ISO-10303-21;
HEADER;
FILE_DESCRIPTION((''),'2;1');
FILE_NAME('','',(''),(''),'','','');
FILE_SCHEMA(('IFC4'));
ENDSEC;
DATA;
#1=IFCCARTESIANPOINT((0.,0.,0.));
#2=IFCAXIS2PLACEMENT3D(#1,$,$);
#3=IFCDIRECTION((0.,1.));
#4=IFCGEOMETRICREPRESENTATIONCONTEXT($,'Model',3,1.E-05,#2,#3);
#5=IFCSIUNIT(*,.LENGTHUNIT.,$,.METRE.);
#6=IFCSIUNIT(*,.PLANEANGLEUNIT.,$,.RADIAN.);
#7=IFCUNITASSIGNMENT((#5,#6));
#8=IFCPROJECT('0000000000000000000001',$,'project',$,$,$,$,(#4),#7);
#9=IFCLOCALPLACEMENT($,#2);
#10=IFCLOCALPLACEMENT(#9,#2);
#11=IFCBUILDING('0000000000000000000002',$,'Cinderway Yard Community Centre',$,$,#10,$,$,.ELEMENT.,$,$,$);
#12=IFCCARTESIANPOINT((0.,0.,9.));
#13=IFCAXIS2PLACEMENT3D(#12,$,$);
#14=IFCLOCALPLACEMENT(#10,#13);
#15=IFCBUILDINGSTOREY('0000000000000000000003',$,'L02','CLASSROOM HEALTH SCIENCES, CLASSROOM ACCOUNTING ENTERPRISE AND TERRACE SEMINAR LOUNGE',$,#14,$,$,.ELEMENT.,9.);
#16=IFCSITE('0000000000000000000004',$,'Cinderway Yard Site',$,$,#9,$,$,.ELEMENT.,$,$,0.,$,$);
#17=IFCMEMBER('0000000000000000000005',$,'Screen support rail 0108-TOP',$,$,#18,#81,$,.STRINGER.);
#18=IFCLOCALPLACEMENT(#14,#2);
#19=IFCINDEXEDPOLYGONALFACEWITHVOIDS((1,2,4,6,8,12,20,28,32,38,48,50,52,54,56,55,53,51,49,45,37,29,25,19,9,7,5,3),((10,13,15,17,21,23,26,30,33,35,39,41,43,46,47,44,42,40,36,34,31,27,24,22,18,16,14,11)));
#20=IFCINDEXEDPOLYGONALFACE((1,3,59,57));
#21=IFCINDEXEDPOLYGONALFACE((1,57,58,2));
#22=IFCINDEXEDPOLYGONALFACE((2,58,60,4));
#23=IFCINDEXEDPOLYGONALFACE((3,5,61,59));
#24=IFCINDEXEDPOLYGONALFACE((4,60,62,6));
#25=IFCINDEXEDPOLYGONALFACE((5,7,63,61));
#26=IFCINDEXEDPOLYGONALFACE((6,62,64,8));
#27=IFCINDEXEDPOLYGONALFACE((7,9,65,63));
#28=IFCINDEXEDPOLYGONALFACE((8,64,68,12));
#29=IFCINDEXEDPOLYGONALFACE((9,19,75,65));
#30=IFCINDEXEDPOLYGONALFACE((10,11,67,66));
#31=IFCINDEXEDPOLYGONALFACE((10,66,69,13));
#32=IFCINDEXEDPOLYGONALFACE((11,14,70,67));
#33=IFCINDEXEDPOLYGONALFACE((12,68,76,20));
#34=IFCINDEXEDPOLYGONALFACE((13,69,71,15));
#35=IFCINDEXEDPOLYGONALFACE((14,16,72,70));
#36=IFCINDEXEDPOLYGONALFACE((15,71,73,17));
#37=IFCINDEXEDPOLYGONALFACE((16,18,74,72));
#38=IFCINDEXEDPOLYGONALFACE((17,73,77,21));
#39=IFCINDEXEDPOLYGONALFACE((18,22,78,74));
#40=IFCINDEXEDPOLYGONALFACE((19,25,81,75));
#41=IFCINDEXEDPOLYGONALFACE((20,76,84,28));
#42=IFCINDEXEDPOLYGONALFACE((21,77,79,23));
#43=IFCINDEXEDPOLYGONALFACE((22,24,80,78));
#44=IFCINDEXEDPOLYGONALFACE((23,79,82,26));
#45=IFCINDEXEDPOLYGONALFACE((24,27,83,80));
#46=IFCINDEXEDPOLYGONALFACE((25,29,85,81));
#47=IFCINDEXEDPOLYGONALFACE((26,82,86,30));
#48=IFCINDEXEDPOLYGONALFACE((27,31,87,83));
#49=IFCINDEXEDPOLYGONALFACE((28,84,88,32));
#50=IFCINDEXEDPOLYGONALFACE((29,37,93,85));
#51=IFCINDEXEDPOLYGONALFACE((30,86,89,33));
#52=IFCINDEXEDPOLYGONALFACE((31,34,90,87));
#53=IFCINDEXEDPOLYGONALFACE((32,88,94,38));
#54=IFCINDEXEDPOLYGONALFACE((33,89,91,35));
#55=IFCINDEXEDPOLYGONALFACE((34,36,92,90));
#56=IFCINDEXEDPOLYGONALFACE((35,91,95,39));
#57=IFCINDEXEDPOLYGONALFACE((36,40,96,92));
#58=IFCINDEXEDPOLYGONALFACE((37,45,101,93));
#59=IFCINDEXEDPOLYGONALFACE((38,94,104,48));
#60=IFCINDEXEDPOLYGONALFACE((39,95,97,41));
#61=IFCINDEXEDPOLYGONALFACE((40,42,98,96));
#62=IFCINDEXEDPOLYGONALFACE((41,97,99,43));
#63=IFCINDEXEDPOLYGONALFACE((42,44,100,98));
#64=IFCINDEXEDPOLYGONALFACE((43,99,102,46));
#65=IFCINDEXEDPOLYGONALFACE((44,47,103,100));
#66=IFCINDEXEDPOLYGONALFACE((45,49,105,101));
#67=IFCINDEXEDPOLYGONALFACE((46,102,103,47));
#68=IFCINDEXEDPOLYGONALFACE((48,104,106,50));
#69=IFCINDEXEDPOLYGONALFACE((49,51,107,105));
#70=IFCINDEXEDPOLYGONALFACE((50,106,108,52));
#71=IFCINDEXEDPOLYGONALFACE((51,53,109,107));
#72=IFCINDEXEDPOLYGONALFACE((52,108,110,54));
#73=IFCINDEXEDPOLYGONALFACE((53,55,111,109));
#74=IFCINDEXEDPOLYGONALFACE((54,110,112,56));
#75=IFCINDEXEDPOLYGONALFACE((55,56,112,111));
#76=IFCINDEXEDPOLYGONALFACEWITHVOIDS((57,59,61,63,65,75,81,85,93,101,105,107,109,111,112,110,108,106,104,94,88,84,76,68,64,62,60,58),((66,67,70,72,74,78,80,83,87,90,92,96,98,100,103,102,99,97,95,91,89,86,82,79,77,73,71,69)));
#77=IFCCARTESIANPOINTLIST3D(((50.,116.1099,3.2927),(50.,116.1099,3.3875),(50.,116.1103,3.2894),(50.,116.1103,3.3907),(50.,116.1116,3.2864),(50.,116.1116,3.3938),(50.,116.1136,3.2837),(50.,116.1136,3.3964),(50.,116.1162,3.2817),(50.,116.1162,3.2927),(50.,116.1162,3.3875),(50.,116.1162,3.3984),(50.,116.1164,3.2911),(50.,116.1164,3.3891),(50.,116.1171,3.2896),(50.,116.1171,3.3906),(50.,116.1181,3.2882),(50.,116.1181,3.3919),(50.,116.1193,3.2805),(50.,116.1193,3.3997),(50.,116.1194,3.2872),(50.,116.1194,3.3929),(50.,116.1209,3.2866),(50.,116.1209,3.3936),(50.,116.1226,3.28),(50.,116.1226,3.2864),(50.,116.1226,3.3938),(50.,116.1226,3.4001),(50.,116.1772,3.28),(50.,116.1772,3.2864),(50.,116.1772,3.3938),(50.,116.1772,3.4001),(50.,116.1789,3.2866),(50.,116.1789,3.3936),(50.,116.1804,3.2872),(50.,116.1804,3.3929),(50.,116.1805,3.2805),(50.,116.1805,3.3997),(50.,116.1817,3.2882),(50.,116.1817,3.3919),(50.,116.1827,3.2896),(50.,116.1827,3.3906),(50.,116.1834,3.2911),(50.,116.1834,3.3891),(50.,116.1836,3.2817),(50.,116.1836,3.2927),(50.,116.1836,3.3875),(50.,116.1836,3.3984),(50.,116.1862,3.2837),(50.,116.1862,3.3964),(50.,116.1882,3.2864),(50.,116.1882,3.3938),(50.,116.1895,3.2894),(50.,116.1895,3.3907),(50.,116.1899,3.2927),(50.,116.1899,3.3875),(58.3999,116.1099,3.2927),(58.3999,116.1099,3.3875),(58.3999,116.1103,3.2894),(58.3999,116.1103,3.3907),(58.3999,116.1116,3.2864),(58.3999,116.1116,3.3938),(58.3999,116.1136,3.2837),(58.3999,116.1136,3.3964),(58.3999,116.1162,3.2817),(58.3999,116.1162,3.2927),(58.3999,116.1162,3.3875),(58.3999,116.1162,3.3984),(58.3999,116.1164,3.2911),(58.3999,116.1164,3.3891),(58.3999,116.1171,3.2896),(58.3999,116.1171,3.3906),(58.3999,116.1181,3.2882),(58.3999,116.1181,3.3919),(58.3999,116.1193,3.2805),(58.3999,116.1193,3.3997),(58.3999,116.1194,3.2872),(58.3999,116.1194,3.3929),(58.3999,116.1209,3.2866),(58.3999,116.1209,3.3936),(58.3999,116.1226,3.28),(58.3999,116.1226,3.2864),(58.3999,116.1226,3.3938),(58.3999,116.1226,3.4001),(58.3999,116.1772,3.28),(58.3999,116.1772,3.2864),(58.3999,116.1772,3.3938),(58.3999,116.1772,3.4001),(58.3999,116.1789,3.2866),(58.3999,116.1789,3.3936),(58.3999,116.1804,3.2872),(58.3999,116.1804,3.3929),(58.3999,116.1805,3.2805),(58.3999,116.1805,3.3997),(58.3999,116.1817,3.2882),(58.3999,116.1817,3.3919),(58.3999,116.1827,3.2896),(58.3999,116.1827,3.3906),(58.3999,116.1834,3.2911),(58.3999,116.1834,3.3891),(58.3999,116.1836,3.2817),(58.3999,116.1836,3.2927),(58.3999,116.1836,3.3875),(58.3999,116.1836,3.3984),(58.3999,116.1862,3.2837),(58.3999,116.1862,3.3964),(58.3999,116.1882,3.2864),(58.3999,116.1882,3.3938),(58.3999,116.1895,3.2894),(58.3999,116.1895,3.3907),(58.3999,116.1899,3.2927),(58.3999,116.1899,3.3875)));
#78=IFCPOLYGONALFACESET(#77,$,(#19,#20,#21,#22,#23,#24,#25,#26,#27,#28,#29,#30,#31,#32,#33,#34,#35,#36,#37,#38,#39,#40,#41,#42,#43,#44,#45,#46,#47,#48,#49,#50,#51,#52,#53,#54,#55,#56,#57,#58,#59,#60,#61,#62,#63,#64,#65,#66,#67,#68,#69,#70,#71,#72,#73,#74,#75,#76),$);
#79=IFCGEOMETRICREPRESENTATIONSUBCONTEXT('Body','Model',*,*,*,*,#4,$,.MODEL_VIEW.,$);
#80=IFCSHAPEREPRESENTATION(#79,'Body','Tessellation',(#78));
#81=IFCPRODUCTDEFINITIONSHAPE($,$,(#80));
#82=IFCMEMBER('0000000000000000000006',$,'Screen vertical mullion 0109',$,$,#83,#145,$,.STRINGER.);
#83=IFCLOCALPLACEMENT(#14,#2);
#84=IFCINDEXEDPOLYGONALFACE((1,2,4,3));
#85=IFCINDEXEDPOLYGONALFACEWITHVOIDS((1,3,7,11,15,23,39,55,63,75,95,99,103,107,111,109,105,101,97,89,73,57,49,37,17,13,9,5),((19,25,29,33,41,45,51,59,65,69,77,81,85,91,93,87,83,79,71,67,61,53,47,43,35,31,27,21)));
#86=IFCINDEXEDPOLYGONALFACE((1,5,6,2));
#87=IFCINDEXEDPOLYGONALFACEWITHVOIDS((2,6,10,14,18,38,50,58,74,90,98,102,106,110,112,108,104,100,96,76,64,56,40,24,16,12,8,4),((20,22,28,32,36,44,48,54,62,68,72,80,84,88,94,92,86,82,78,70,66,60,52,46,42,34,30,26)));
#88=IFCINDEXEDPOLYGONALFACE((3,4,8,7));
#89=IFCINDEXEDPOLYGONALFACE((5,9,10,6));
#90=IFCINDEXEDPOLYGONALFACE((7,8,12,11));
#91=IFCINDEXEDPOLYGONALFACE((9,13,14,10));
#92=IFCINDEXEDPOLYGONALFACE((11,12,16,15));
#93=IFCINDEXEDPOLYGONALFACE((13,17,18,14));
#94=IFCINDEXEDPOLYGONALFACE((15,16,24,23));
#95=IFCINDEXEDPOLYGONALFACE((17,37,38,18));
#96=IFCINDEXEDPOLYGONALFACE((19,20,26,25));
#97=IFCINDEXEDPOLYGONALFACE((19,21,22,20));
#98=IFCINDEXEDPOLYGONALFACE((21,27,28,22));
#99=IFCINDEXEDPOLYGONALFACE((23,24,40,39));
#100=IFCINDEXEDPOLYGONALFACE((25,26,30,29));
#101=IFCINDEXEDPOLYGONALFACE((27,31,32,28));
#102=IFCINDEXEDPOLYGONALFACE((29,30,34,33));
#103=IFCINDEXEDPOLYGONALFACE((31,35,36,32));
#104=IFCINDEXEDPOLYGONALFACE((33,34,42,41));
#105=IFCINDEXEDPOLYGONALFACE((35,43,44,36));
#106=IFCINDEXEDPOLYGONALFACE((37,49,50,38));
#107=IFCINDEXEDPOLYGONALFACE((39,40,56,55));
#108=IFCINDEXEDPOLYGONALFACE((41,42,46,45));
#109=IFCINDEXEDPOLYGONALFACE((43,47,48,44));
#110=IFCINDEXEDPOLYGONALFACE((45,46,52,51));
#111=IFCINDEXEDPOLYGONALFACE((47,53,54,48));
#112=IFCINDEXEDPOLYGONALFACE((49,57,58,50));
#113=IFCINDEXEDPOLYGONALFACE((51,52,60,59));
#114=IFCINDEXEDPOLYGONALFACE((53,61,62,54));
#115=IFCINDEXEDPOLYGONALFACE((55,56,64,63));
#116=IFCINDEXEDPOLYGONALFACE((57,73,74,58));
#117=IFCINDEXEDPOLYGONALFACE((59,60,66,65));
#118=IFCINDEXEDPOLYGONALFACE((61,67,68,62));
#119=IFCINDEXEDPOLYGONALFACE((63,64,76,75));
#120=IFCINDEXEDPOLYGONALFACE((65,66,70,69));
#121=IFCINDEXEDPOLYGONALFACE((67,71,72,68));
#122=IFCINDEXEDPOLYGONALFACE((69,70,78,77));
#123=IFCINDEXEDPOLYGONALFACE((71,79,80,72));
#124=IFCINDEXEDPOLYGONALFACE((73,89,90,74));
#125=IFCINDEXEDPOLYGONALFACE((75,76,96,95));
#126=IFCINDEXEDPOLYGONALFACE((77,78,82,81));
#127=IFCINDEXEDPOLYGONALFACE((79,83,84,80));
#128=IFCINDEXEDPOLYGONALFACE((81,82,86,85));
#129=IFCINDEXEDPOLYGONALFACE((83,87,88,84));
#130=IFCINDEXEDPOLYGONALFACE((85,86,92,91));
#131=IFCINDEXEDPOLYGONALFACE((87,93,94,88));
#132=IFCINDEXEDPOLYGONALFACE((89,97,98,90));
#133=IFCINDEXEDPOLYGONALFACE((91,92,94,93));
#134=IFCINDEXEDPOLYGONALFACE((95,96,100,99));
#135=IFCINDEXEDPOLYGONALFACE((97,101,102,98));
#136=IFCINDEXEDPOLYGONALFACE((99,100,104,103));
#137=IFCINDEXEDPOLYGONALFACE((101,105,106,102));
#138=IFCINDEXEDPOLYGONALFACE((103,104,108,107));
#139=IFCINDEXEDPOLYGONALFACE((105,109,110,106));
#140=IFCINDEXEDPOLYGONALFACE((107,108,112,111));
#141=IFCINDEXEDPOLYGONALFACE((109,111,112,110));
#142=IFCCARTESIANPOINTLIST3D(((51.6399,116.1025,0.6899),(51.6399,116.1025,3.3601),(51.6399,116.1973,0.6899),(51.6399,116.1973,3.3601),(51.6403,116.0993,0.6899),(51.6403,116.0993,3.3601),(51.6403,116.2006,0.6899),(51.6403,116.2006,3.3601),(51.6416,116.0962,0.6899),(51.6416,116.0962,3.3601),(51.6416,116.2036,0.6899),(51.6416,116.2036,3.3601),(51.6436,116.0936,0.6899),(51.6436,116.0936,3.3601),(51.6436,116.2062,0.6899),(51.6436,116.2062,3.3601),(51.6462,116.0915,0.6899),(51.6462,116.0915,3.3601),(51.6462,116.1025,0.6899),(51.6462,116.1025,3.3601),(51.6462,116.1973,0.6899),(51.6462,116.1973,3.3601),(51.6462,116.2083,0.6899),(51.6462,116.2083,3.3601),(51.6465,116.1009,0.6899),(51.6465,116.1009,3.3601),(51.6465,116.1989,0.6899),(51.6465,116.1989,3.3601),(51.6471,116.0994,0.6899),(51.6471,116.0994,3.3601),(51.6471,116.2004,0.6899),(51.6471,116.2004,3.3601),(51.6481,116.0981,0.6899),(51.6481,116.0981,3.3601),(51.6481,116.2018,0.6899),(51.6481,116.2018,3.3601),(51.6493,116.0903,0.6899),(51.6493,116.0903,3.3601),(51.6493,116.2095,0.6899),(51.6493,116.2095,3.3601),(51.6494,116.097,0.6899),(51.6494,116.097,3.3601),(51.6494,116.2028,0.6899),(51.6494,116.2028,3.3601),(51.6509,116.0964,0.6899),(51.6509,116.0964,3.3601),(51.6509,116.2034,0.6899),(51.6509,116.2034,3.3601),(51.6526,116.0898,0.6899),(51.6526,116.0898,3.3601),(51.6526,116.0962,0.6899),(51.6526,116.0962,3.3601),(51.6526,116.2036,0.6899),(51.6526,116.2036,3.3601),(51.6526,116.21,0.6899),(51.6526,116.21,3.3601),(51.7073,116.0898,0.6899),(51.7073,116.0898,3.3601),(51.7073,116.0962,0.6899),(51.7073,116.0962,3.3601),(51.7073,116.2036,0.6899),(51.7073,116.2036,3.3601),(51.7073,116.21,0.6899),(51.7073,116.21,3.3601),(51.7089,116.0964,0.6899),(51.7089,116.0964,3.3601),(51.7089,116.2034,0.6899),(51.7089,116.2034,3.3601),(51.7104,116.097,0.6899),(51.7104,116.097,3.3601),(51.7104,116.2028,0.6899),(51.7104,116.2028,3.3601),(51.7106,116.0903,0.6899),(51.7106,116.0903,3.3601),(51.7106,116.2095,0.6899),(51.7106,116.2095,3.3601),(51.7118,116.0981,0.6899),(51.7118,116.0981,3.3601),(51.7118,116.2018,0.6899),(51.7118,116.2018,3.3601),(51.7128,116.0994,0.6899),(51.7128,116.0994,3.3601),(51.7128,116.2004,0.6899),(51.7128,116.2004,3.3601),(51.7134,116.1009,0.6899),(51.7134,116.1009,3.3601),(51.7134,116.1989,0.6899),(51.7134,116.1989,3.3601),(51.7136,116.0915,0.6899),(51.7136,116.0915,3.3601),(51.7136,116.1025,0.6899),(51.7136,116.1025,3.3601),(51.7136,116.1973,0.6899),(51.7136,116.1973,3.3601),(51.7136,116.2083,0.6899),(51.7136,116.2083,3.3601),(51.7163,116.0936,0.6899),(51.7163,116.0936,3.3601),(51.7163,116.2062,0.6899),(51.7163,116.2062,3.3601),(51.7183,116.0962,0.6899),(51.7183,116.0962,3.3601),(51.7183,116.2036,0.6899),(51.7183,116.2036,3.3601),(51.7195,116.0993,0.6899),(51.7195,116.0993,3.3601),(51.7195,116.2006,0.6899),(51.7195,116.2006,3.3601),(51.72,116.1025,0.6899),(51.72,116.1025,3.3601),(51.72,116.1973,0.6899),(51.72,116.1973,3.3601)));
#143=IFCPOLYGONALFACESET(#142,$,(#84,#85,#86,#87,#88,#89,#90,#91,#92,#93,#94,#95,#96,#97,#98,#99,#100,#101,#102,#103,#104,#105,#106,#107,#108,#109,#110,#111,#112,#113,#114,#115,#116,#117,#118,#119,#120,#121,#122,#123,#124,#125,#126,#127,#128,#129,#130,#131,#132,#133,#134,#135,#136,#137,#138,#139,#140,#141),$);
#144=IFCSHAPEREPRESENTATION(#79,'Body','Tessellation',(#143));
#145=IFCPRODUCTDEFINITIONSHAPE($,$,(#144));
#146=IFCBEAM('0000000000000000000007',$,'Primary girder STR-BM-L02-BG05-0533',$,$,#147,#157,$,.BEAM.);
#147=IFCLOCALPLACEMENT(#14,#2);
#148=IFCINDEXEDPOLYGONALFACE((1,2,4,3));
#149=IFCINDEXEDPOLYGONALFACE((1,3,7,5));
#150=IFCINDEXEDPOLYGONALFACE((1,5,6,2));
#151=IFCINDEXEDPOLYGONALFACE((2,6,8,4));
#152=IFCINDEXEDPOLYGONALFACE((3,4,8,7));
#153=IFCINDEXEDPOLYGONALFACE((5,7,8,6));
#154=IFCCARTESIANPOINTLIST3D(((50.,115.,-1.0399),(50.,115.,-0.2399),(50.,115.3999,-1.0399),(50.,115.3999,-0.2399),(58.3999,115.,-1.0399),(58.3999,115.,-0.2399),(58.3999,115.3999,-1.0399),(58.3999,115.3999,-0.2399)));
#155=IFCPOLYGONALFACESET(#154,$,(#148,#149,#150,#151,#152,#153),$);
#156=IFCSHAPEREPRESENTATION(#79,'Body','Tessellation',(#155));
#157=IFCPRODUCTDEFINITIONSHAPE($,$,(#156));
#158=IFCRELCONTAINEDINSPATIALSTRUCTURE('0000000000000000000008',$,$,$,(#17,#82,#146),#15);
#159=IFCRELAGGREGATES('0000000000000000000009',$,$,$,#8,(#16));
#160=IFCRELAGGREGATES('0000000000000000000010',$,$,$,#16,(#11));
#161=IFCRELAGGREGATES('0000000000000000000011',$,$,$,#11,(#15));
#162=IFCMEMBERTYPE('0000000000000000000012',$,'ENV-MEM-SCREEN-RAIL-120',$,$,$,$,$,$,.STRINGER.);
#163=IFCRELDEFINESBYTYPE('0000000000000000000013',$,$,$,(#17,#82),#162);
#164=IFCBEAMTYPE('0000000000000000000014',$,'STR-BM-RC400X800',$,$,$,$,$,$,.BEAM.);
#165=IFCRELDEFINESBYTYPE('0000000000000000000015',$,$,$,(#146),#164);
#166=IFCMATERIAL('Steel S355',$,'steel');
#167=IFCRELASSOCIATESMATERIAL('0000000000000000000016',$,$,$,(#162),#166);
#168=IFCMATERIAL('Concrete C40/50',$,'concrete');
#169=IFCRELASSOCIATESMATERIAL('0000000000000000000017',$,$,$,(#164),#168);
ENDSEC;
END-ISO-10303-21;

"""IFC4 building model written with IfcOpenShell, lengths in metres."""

from ifc_helpers import new_model, si_unit, direction, frame, origin, origin_2d, place, context, subcontext, project, spatial, rectangle, hollow_rectangle, extrude, material, material_profile, profile_set, type_object, element, save


model = new_model("IFC4")

# Units and contexts
model_context = context("Model", 3, precision=1e-05, world=origin(), true_north=direction((0.0, 1.0)))
body_context = subcontext(model_context, "Body", "Model", "MODEL_VIEW")
ifc_project = project(units=[si_unit("LENGTHUNIT", "METRE"), si_unit("PLANEANGLEUNIT", "RADIAN")], contexts=[model_context])

# Site, building, storey
site_placement = place(None, origin())
site = spatial("IfcSite", under=ifc_project, at=site_placement, Name="Cinderway Yard Site", CompositionType="ELEMENT", RefElevation=0.0)
building_placement = place(site_placement, origin())
building = spatial("IfcBuilding", under=site, at=building_placement, Name="Cinderway Yard Community Centre", CompositionType="ELEMENT")
storey_placement = place(building_placement, frame((0.0, 0.0, 9.0)))
storey = spatial("IfcBuildingStorey", under=building, at=storey_placement, Name="L02", Description="CLASSROOM HEALTH SCIENCES, CLASSROOM ACCOUNTING ENTERPRISE AND TERRACE SEMINAR LOUNGE", CompositionType="ELEMENT", Elevation=9.0)

# Shared definitions
ifc_material_1 = material(Name="Concrete C40/50", Category="concrete")

# Members
ifc_material_2 = material(Name="Steel S355", Category="steel")
ifc_material_profile_1 = material_profile(ifc_material_2, hollow_rectangle(XDim=0.0801, YDim=0.1201, WallThickness=0.0063, InnerFilletRadius=0.0063, OuterFilletRadius=0.0127, at=origin_2d()), Name="Steel S355")
ifc_profile_set_1 = profile_set([ifc_material_profile_1], Name="Steel S355")
member_type_1 = type_object("IfcMemberType", Name="ENV-MEM-SCREEN-RAIL-120", PredefinedType="STRINGER", material=ifc_profile_set_1)
for number, where, z_axis, x_axis, name in (
    (1, (50.0, 116.1499, 3.3401), (1.0, 0.0, 0.0), (0.0, 1.0, 0.0), "Screen support rail 0108-TOP"),
):
    element("IfcMember", number, at=place(storey_placement, frame(where, z_axis=z_axis, x_axis=x_axis)), inside=storey, type_object=member_type_1, Name=name, PredefinedType="STRINGER", context=body_context, shape_type="SweptSolid", body=[
        extrude(hollow_rectangle(XDim=0.0801, YDim=0.1201, WallThickness=0.0063, InnerFilletRadius=0.0063, OuterFilletRadius=0.0127, at=origin_2d()), origin(), (0.0, 0.0, 1.0), 8.3999),
    ])
member_1_placement = place(storey_placement, frame((51.6799, 116.1499, 0.6899), z_axis=(0.0, 0.0, 1.0), x_axis=(1.0, 0.0, 0.0)))
element("IfcMember", 2, at=member_1_placement, inside=storey, type_object=member_type_1, Name="Screen vertical mullion 0109", PredefinedType="STRINGER", context=body_context, shape_type="SweptSolid", body=[
    extrude(hollow_rectangle(XDim=0.0801, YDim=0.1201, WallThickness=0.0063, InnerFilletRadius=0.0063, OuterFilletRadius=0.0127, at=origin_2d()), origin(), (0.0, 0.0, 1.0), 2.6702),
])

# Beam
ifc_material_profile_2 = material_profile(ifc_material_1, rectangle(XDim=0.3999, YDim=0.8, at=origin_2d()), Name="Concrete C40/50")
ifc_profile_set_2 = profile_set([ifc_material_profile_2], Name="Concrete C40/50")
beam_type = type_object("IfcBeamType", Name="STR-BM-RC400X800", PredefinedType="BEAM", material=ifc_profile_set_2)
beam_placement = place(storey_placement, frame((50.0, 115.2, -0.6399), z_axis=(1.0, 0.0, 0.0), x_axis=(0.0, 1.0, 0.0)))
element("IfcBeam", 3, at=beam_placement, inside=storey, type_object=beam_type, Name="Primary girder STR-BM-L02-BG05-0533", PredefinedType="BEAM", context=body_context, shape_type="SweptSolid", body=[
    extrude(rectangle(XDim=0.3999, YDim=0.8, at=origin_2d()), origin(), (0.0, 0.0, 1.0), 8.3999),
])

save(model, "model.ifc")
